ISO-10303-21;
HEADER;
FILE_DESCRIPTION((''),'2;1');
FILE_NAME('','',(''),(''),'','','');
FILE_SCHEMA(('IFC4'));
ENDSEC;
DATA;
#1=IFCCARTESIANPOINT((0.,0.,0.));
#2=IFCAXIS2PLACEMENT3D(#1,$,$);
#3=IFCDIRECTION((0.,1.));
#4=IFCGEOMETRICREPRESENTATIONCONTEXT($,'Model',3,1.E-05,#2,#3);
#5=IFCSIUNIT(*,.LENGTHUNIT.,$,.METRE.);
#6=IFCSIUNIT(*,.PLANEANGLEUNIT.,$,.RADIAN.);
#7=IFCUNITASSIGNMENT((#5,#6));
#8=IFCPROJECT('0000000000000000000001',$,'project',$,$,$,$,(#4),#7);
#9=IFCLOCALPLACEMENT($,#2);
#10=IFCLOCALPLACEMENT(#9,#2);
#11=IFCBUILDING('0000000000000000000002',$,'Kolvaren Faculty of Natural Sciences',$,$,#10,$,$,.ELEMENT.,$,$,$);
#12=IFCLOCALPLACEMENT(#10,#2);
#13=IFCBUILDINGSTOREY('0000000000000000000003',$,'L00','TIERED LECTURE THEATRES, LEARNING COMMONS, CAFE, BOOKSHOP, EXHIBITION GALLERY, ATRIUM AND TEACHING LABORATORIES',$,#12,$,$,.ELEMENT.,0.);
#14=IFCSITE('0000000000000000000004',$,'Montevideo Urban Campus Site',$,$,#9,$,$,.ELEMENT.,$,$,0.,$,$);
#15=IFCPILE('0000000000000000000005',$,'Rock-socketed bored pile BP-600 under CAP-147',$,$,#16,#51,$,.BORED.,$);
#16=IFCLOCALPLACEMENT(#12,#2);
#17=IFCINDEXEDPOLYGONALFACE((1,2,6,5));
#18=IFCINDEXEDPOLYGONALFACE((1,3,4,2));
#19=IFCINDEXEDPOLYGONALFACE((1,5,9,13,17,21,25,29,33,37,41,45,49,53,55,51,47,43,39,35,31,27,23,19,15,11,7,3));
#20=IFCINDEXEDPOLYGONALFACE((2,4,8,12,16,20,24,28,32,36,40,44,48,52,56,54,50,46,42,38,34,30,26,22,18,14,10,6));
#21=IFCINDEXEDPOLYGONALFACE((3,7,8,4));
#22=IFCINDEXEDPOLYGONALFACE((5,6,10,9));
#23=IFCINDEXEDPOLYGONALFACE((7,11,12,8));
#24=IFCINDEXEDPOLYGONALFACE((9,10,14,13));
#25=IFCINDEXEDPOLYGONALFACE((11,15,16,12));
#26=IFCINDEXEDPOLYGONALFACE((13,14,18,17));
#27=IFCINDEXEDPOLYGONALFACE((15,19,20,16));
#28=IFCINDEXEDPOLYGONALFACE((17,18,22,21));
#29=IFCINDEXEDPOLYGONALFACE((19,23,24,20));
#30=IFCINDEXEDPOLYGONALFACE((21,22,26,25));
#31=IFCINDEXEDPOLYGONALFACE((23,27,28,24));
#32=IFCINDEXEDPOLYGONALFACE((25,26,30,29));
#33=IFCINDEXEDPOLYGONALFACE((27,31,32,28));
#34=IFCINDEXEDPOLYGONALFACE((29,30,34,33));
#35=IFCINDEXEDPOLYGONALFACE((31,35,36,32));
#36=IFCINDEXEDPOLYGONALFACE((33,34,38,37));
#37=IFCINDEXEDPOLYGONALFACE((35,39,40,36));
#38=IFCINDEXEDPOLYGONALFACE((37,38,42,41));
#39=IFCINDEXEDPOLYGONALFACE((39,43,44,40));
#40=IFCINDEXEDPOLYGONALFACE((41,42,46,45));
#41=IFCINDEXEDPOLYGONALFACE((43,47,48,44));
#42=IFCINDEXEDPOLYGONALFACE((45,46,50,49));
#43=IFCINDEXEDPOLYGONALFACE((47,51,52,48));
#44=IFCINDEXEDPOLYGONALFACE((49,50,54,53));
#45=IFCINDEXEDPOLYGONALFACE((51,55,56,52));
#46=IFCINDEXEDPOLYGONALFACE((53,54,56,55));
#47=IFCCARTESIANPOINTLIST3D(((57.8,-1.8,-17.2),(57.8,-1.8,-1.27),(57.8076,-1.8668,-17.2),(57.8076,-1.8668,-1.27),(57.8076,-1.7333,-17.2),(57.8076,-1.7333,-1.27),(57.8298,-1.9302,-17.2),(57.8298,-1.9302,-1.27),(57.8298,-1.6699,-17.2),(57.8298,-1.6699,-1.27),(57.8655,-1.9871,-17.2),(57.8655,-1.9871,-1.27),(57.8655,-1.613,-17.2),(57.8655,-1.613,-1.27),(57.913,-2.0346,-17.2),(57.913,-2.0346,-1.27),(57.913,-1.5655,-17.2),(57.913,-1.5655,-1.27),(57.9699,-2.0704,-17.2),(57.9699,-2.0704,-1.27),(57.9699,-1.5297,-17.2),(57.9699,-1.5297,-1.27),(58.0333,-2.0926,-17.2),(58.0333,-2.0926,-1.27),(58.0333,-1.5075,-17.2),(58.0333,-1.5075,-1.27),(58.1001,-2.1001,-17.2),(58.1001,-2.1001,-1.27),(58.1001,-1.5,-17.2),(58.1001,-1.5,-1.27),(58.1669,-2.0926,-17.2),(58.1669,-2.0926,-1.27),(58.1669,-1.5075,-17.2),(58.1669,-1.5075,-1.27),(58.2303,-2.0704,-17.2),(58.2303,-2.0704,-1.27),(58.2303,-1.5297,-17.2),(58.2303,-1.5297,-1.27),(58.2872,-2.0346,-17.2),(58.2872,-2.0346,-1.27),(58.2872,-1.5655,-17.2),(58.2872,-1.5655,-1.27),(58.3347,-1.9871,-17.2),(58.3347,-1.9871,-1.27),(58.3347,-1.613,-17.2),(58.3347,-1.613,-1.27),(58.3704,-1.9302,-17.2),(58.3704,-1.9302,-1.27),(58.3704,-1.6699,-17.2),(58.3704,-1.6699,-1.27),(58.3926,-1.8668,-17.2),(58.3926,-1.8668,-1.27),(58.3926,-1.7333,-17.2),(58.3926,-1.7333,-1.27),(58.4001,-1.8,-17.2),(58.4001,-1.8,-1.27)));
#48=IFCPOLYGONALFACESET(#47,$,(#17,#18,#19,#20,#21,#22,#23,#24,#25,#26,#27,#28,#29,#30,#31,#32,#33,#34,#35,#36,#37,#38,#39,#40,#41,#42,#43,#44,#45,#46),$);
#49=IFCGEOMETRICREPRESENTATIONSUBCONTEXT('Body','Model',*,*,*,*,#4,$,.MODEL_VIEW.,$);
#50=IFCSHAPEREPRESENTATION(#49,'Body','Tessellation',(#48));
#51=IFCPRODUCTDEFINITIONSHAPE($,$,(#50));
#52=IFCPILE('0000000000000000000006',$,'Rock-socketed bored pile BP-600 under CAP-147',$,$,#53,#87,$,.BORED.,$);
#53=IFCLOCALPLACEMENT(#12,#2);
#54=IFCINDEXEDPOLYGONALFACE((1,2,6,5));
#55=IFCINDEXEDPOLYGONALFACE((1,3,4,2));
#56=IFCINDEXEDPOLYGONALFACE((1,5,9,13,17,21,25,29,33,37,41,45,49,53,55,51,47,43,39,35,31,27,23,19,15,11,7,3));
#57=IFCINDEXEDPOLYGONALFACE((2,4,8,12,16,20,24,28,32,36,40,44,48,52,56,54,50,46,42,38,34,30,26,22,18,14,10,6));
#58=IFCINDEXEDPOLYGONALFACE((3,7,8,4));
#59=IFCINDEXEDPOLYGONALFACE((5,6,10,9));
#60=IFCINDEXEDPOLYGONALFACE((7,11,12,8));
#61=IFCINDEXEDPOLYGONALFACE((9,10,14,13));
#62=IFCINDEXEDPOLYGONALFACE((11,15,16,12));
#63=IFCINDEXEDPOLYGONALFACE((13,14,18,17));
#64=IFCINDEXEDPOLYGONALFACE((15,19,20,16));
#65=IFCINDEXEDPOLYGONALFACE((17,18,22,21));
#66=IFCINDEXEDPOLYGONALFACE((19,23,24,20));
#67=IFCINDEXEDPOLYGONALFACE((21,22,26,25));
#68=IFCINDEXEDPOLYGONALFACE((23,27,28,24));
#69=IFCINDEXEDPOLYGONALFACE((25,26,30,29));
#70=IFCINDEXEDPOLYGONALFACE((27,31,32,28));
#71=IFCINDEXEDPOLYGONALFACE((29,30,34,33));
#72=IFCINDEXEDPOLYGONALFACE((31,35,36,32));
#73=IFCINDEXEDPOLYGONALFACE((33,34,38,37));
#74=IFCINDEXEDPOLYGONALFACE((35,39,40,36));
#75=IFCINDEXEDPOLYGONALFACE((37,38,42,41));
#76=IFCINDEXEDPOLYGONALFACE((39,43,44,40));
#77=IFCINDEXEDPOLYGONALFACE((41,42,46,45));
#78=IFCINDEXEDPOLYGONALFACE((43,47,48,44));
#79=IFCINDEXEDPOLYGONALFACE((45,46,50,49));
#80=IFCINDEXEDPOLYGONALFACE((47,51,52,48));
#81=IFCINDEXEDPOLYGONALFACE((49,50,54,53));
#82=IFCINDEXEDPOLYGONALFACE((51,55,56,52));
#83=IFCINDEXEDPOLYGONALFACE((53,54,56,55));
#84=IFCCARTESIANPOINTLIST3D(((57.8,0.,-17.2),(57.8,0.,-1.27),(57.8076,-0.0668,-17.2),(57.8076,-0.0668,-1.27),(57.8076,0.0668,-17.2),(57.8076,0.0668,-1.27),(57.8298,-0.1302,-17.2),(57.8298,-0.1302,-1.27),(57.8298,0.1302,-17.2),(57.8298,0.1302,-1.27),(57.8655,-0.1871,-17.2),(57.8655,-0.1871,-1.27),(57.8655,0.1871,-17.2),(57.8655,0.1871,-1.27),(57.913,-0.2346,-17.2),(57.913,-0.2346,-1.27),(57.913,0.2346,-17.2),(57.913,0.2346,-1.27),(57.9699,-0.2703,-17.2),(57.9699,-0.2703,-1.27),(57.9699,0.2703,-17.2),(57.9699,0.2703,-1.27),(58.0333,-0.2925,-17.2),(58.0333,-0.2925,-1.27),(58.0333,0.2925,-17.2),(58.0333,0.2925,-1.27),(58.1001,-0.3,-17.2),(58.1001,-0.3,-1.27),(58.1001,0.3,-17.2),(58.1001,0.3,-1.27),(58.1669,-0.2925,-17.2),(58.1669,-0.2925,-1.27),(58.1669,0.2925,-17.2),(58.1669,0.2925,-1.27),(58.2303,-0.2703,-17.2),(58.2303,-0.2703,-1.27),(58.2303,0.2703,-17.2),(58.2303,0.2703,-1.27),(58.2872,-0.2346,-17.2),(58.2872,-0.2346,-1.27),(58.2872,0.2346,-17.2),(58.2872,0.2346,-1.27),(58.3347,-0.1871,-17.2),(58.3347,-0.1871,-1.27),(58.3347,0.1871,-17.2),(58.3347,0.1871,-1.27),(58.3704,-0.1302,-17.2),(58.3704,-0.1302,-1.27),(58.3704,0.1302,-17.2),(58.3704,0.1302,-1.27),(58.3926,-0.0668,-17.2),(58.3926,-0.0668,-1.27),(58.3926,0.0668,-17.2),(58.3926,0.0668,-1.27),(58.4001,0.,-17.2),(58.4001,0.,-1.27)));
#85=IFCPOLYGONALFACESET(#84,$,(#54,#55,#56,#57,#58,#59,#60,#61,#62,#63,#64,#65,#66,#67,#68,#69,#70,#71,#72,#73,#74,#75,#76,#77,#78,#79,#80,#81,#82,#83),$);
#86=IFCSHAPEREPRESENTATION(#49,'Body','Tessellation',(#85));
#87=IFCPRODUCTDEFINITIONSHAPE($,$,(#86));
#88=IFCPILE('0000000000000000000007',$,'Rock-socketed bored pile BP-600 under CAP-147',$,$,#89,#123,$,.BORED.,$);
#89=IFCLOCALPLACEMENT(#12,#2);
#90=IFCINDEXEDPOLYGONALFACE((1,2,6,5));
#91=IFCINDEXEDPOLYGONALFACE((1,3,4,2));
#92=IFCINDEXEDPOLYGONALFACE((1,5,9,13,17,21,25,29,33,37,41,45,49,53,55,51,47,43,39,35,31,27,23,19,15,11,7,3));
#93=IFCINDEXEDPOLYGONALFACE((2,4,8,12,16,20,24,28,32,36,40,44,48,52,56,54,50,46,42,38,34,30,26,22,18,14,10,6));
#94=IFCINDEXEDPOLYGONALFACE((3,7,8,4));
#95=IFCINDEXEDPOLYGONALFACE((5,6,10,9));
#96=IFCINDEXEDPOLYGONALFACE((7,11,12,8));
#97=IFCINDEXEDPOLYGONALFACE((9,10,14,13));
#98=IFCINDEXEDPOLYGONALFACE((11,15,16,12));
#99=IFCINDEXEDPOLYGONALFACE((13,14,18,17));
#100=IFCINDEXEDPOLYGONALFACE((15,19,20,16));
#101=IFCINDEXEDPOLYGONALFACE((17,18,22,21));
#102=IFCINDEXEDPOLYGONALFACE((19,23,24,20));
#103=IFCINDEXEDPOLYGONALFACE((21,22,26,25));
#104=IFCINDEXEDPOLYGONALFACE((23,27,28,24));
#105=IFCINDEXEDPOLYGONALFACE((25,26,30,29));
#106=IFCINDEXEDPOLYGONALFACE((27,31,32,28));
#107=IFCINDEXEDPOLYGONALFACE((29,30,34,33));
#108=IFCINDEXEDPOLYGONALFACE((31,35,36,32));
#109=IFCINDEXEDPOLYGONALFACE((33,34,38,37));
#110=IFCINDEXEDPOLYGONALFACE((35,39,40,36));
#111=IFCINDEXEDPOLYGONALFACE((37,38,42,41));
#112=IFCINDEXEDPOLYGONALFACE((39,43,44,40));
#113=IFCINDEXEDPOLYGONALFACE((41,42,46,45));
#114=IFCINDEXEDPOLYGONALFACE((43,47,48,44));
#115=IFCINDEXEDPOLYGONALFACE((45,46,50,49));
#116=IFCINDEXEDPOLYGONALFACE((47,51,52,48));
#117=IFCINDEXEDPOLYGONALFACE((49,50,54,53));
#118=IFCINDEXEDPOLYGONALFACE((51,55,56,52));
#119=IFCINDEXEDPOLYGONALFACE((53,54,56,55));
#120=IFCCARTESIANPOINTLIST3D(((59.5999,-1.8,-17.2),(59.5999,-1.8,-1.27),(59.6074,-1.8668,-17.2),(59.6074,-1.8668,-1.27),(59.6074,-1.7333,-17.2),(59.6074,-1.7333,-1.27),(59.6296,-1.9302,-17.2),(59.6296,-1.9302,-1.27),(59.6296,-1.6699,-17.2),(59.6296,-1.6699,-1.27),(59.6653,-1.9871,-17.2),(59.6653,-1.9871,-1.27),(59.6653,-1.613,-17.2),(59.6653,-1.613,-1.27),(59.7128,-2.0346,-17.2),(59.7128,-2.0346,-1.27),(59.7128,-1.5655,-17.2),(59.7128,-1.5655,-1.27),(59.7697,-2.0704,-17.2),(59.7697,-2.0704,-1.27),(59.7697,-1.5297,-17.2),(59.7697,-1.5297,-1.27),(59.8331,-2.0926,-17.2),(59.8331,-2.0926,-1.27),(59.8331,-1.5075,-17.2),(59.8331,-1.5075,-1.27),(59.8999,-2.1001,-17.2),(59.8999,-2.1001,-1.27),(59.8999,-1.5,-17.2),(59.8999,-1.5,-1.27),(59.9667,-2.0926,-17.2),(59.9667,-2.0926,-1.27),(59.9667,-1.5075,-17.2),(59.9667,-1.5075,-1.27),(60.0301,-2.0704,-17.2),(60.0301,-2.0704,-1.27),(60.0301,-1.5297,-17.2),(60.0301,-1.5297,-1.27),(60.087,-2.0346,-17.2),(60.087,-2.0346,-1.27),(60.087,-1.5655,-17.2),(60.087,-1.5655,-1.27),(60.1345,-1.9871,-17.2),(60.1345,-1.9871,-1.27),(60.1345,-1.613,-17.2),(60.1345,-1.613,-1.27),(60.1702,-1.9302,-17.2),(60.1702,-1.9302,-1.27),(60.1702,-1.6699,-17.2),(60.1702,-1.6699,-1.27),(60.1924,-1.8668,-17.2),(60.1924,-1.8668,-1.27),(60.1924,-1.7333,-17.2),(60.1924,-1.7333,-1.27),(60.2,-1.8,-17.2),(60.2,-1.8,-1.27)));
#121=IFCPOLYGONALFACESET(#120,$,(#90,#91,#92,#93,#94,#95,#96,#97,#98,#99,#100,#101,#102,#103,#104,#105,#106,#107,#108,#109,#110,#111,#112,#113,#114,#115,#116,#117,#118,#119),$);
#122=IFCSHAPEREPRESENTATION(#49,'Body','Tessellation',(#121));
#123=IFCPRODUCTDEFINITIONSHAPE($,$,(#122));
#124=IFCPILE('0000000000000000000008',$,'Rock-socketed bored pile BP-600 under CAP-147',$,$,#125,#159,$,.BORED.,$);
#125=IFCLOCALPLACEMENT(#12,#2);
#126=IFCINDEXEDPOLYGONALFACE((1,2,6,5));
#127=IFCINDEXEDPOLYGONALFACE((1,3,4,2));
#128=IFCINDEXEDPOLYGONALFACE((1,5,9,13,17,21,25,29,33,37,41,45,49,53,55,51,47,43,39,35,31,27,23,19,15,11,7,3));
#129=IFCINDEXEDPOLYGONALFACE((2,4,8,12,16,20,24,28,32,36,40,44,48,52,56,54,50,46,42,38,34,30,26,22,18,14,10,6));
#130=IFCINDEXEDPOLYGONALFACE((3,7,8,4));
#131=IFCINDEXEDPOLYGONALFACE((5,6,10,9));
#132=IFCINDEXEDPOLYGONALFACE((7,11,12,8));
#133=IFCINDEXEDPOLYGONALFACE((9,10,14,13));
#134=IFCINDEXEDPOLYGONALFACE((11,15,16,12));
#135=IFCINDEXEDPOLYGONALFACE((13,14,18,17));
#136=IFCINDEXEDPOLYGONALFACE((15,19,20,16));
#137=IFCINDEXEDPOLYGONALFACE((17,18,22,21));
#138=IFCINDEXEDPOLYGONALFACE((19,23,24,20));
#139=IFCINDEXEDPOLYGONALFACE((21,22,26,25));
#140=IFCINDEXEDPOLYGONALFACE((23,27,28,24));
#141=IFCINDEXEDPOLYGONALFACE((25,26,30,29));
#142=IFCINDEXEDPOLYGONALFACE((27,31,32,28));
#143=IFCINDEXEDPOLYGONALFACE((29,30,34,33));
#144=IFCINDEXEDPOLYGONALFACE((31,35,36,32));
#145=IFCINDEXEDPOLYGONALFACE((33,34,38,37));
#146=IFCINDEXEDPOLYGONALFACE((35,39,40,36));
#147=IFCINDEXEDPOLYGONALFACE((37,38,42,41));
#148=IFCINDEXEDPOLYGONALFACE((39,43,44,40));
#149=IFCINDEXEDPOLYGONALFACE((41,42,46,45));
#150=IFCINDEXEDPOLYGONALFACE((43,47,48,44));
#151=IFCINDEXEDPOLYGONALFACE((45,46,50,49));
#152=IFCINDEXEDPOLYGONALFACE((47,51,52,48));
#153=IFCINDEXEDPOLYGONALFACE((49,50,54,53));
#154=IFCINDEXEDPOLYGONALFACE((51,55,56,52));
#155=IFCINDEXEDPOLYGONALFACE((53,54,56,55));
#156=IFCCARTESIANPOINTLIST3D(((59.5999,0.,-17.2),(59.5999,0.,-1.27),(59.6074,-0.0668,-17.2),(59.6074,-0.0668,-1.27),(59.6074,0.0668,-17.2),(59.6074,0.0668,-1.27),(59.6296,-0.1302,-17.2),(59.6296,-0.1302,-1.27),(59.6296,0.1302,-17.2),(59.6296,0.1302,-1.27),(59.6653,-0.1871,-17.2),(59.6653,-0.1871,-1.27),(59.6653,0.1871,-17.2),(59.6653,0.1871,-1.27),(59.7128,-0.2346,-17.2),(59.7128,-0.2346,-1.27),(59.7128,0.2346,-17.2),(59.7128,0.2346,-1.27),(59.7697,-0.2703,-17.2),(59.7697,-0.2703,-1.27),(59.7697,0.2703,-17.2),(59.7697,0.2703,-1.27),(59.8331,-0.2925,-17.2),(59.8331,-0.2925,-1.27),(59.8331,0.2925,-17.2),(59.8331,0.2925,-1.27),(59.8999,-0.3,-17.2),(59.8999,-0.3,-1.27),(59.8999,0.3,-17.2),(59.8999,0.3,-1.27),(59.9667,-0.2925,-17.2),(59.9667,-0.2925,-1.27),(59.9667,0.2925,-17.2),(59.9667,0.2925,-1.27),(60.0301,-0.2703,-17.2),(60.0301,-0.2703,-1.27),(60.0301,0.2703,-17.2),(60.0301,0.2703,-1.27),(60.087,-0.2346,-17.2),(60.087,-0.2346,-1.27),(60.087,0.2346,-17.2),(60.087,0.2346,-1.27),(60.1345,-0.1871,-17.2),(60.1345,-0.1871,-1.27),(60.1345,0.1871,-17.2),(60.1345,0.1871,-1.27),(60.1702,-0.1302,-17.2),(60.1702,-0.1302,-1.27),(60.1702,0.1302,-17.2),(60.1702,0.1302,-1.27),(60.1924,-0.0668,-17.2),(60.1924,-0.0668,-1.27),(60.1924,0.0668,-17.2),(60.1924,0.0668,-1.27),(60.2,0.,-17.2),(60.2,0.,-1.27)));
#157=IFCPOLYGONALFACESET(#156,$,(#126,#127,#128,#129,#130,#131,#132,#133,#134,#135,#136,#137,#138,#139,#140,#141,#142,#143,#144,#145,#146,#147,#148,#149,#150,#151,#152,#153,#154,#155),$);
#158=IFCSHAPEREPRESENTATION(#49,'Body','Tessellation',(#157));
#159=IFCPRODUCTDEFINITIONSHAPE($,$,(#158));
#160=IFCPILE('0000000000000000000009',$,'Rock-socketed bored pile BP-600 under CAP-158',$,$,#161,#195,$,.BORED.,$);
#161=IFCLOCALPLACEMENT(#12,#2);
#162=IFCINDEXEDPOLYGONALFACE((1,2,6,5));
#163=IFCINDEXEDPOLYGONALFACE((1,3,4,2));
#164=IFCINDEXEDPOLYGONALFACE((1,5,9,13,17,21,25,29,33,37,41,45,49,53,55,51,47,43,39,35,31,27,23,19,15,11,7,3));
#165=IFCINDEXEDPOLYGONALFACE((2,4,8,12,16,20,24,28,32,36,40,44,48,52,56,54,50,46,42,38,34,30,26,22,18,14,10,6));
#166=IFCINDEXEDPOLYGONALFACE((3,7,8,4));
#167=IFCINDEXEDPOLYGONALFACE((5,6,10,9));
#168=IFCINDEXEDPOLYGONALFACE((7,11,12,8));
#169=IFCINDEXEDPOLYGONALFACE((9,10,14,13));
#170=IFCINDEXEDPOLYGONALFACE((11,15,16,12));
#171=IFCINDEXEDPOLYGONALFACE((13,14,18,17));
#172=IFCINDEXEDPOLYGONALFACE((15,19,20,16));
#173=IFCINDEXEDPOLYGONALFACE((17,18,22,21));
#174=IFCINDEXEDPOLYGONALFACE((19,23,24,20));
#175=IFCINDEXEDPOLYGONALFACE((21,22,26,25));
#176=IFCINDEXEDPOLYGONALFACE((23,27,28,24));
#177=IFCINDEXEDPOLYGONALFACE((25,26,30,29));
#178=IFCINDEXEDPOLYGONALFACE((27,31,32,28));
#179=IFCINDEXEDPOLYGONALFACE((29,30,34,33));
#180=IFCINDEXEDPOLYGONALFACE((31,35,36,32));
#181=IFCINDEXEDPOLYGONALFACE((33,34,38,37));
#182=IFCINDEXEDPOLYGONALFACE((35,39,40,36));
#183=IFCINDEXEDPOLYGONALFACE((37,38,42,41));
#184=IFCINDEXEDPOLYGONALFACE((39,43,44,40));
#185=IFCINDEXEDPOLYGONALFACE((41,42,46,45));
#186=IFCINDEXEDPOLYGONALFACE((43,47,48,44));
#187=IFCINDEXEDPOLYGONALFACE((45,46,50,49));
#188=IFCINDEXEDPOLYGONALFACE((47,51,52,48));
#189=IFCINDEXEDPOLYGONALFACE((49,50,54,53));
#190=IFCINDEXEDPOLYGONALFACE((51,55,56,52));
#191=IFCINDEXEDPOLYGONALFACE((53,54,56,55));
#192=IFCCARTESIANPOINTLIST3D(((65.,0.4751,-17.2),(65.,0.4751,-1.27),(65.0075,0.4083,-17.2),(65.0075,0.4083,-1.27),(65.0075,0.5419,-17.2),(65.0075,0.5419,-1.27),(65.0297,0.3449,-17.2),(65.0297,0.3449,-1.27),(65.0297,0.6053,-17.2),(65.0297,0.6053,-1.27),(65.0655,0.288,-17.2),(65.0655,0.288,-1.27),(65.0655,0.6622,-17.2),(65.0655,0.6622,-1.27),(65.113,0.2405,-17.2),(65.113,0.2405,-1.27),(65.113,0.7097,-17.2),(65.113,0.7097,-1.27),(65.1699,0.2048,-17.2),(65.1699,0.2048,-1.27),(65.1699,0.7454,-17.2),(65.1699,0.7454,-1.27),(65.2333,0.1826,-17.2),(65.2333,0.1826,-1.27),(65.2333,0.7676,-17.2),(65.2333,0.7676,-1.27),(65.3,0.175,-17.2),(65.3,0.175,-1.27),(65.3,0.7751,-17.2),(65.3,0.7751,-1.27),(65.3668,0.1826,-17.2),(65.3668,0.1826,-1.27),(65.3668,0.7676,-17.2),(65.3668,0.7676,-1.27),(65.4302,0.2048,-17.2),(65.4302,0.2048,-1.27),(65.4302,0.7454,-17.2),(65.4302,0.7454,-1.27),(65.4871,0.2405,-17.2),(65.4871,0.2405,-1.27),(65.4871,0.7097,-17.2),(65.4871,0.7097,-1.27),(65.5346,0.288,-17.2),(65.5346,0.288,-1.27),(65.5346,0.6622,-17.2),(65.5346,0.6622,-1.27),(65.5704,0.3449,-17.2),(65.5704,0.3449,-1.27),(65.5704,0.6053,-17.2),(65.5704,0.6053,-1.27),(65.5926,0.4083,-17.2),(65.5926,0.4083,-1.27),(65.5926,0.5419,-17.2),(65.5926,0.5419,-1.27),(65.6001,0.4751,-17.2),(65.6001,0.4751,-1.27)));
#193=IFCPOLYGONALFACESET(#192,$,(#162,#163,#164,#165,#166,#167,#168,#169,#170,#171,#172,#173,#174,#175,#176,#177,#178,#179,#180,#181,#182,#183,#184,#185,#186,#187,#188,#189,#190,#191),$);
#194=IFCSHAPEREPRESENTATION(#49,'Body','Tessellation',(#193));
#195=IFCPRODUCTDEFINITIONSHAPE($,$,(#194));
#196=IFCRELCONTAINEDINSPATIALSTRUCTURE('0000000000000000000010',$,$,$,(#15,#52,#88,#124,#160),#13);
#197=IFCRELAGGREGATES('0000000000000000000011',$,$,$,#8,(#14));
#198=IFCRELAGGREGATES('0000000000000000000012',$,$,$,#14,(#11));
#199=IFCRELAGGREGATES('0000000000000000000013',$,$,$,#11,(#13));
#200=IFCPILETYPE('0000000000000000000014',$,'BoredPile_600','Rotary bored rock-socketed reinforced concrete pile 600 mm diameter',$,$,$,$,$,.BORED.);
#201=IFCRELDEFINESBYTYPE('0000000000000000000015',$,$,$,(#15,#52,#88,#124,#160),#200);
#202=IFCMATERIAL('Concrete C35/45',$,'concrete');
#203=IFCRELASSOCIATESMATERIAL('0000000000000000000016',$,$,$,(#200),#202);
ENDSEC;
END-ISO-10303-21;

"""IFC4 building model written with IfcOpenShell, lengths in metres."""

from ifc_helpers import new_model, si_unit, direction, frame, origin, origin_2d, place, context, subcontext, project, spatial, circle, extrude, material, material_profile, profile_set, type_object, element, save


model = new_model("IFC4")

# Units and contexts
model_context = context("Model", 3, precision=1e-05, world=origin(), true_north=direction((0.0, 1.0)))
body_context = subcontext(model_context, "Body", "Model", "MODEL_VIEW")
ifc_project = project(units=[si_unit("LENGTHUNIT", "METRE"), si_unit("PLANEANGLEUNIT", "RADIAN")], contexts=[model_context])

# Site, building, storey
site_placement = place(None, origin())
site = spatial("IfcSite", under=ifc_project, at=site_placement, Name="Montevideo Urban Campus Site", CompositionType="ELEMENT", RefElevation=0.0)
building_placement = place(site_placement, origin())
building = spatial("IfcBuilding", under=site, at=building_placement, Name="Kolvaren Faculty of Natural Sciences", CompositionType="ELEMENT")
storey_placement = place(building_placement, origin())
storey = spatial("IfcBuildingStorey", under=building, at=storey_placement, Name="L00", Description="TIERED LECTURE THEATRES, LEARNING COMMONS, CAFE, BOOKSHOP, EXHIBITION GALLERY, ATRIUM AND TEACHING LABORATORIES", CompositionType="ELEMENT", Elevation=0.0)

# Piles
ifc_material_1 = material(Name="Concrete C35/45", Category="concrete")
ifc_material_profile_1 = material_profile(ifc_material_1, circle(Radius=0.3, at=origin_2d()), Name="PILE D600")
ifc_profile_set_1 = profile_set([ifc_material_profile_1], Name="Concrete C35/45")
pile_type = type_object("IfcPileType", Name="BoredPile_600", Description="Rotary bored rock-socketed reinforced concrete pile 600 mm diameter", PredefinedType="BORED", material=ifc_profile_set_1)
for number, where, z_axis, x_axis, name in (
    (1, (58.1001, -1.8, -1.27), (0.0, 0.0, -1.0), (1.0, 0.0, 0.0), "Rock-socketed bored pile BP-600 under CAP-147"),
    (2, (58.1001, 0.0, -1.27), (0.0, 0.0, -1.0), (1.0, 0.0, 0.0), "Rock-socketed bored pile BP-600 under CAP-147"),
    (3, (59.8999, -1.8, -1.27), (0.0, 0.0, -1.0), (1.0, 0.0, 0.0), "Rock-socketed bored pile BP-600 under CAP-147"),
    (4, (59.8999, 0.0, -1.27), (0.0, 0.0, -1.0), (1.0, 0.0, 0.0), "Rock-socketed bored pile BP-600 under CAP-147"),
    (5, (65.3, 0.4751, -1.27), (0.0, 0.0, -1.0), (1.0, 0.0, 0.0), "Rock-socketed bored pile BP-600 under CAP-158"),
):
    element("IfcPile", number, at=place(storey_placement, frame(where, z_axis=z_axis, x_axis=x_axis)), inside=storey, type_object=pile_type, Name=name, PredefinedType="BORED", context=body_context, shape_type="SweptSolid", body=[
        extrude(circle(Radius=0.3, at=origin_2d()), origin(), (0.0, 0.0, 1.0), 15.9299),
    ])

save(model, "model.ifc")
